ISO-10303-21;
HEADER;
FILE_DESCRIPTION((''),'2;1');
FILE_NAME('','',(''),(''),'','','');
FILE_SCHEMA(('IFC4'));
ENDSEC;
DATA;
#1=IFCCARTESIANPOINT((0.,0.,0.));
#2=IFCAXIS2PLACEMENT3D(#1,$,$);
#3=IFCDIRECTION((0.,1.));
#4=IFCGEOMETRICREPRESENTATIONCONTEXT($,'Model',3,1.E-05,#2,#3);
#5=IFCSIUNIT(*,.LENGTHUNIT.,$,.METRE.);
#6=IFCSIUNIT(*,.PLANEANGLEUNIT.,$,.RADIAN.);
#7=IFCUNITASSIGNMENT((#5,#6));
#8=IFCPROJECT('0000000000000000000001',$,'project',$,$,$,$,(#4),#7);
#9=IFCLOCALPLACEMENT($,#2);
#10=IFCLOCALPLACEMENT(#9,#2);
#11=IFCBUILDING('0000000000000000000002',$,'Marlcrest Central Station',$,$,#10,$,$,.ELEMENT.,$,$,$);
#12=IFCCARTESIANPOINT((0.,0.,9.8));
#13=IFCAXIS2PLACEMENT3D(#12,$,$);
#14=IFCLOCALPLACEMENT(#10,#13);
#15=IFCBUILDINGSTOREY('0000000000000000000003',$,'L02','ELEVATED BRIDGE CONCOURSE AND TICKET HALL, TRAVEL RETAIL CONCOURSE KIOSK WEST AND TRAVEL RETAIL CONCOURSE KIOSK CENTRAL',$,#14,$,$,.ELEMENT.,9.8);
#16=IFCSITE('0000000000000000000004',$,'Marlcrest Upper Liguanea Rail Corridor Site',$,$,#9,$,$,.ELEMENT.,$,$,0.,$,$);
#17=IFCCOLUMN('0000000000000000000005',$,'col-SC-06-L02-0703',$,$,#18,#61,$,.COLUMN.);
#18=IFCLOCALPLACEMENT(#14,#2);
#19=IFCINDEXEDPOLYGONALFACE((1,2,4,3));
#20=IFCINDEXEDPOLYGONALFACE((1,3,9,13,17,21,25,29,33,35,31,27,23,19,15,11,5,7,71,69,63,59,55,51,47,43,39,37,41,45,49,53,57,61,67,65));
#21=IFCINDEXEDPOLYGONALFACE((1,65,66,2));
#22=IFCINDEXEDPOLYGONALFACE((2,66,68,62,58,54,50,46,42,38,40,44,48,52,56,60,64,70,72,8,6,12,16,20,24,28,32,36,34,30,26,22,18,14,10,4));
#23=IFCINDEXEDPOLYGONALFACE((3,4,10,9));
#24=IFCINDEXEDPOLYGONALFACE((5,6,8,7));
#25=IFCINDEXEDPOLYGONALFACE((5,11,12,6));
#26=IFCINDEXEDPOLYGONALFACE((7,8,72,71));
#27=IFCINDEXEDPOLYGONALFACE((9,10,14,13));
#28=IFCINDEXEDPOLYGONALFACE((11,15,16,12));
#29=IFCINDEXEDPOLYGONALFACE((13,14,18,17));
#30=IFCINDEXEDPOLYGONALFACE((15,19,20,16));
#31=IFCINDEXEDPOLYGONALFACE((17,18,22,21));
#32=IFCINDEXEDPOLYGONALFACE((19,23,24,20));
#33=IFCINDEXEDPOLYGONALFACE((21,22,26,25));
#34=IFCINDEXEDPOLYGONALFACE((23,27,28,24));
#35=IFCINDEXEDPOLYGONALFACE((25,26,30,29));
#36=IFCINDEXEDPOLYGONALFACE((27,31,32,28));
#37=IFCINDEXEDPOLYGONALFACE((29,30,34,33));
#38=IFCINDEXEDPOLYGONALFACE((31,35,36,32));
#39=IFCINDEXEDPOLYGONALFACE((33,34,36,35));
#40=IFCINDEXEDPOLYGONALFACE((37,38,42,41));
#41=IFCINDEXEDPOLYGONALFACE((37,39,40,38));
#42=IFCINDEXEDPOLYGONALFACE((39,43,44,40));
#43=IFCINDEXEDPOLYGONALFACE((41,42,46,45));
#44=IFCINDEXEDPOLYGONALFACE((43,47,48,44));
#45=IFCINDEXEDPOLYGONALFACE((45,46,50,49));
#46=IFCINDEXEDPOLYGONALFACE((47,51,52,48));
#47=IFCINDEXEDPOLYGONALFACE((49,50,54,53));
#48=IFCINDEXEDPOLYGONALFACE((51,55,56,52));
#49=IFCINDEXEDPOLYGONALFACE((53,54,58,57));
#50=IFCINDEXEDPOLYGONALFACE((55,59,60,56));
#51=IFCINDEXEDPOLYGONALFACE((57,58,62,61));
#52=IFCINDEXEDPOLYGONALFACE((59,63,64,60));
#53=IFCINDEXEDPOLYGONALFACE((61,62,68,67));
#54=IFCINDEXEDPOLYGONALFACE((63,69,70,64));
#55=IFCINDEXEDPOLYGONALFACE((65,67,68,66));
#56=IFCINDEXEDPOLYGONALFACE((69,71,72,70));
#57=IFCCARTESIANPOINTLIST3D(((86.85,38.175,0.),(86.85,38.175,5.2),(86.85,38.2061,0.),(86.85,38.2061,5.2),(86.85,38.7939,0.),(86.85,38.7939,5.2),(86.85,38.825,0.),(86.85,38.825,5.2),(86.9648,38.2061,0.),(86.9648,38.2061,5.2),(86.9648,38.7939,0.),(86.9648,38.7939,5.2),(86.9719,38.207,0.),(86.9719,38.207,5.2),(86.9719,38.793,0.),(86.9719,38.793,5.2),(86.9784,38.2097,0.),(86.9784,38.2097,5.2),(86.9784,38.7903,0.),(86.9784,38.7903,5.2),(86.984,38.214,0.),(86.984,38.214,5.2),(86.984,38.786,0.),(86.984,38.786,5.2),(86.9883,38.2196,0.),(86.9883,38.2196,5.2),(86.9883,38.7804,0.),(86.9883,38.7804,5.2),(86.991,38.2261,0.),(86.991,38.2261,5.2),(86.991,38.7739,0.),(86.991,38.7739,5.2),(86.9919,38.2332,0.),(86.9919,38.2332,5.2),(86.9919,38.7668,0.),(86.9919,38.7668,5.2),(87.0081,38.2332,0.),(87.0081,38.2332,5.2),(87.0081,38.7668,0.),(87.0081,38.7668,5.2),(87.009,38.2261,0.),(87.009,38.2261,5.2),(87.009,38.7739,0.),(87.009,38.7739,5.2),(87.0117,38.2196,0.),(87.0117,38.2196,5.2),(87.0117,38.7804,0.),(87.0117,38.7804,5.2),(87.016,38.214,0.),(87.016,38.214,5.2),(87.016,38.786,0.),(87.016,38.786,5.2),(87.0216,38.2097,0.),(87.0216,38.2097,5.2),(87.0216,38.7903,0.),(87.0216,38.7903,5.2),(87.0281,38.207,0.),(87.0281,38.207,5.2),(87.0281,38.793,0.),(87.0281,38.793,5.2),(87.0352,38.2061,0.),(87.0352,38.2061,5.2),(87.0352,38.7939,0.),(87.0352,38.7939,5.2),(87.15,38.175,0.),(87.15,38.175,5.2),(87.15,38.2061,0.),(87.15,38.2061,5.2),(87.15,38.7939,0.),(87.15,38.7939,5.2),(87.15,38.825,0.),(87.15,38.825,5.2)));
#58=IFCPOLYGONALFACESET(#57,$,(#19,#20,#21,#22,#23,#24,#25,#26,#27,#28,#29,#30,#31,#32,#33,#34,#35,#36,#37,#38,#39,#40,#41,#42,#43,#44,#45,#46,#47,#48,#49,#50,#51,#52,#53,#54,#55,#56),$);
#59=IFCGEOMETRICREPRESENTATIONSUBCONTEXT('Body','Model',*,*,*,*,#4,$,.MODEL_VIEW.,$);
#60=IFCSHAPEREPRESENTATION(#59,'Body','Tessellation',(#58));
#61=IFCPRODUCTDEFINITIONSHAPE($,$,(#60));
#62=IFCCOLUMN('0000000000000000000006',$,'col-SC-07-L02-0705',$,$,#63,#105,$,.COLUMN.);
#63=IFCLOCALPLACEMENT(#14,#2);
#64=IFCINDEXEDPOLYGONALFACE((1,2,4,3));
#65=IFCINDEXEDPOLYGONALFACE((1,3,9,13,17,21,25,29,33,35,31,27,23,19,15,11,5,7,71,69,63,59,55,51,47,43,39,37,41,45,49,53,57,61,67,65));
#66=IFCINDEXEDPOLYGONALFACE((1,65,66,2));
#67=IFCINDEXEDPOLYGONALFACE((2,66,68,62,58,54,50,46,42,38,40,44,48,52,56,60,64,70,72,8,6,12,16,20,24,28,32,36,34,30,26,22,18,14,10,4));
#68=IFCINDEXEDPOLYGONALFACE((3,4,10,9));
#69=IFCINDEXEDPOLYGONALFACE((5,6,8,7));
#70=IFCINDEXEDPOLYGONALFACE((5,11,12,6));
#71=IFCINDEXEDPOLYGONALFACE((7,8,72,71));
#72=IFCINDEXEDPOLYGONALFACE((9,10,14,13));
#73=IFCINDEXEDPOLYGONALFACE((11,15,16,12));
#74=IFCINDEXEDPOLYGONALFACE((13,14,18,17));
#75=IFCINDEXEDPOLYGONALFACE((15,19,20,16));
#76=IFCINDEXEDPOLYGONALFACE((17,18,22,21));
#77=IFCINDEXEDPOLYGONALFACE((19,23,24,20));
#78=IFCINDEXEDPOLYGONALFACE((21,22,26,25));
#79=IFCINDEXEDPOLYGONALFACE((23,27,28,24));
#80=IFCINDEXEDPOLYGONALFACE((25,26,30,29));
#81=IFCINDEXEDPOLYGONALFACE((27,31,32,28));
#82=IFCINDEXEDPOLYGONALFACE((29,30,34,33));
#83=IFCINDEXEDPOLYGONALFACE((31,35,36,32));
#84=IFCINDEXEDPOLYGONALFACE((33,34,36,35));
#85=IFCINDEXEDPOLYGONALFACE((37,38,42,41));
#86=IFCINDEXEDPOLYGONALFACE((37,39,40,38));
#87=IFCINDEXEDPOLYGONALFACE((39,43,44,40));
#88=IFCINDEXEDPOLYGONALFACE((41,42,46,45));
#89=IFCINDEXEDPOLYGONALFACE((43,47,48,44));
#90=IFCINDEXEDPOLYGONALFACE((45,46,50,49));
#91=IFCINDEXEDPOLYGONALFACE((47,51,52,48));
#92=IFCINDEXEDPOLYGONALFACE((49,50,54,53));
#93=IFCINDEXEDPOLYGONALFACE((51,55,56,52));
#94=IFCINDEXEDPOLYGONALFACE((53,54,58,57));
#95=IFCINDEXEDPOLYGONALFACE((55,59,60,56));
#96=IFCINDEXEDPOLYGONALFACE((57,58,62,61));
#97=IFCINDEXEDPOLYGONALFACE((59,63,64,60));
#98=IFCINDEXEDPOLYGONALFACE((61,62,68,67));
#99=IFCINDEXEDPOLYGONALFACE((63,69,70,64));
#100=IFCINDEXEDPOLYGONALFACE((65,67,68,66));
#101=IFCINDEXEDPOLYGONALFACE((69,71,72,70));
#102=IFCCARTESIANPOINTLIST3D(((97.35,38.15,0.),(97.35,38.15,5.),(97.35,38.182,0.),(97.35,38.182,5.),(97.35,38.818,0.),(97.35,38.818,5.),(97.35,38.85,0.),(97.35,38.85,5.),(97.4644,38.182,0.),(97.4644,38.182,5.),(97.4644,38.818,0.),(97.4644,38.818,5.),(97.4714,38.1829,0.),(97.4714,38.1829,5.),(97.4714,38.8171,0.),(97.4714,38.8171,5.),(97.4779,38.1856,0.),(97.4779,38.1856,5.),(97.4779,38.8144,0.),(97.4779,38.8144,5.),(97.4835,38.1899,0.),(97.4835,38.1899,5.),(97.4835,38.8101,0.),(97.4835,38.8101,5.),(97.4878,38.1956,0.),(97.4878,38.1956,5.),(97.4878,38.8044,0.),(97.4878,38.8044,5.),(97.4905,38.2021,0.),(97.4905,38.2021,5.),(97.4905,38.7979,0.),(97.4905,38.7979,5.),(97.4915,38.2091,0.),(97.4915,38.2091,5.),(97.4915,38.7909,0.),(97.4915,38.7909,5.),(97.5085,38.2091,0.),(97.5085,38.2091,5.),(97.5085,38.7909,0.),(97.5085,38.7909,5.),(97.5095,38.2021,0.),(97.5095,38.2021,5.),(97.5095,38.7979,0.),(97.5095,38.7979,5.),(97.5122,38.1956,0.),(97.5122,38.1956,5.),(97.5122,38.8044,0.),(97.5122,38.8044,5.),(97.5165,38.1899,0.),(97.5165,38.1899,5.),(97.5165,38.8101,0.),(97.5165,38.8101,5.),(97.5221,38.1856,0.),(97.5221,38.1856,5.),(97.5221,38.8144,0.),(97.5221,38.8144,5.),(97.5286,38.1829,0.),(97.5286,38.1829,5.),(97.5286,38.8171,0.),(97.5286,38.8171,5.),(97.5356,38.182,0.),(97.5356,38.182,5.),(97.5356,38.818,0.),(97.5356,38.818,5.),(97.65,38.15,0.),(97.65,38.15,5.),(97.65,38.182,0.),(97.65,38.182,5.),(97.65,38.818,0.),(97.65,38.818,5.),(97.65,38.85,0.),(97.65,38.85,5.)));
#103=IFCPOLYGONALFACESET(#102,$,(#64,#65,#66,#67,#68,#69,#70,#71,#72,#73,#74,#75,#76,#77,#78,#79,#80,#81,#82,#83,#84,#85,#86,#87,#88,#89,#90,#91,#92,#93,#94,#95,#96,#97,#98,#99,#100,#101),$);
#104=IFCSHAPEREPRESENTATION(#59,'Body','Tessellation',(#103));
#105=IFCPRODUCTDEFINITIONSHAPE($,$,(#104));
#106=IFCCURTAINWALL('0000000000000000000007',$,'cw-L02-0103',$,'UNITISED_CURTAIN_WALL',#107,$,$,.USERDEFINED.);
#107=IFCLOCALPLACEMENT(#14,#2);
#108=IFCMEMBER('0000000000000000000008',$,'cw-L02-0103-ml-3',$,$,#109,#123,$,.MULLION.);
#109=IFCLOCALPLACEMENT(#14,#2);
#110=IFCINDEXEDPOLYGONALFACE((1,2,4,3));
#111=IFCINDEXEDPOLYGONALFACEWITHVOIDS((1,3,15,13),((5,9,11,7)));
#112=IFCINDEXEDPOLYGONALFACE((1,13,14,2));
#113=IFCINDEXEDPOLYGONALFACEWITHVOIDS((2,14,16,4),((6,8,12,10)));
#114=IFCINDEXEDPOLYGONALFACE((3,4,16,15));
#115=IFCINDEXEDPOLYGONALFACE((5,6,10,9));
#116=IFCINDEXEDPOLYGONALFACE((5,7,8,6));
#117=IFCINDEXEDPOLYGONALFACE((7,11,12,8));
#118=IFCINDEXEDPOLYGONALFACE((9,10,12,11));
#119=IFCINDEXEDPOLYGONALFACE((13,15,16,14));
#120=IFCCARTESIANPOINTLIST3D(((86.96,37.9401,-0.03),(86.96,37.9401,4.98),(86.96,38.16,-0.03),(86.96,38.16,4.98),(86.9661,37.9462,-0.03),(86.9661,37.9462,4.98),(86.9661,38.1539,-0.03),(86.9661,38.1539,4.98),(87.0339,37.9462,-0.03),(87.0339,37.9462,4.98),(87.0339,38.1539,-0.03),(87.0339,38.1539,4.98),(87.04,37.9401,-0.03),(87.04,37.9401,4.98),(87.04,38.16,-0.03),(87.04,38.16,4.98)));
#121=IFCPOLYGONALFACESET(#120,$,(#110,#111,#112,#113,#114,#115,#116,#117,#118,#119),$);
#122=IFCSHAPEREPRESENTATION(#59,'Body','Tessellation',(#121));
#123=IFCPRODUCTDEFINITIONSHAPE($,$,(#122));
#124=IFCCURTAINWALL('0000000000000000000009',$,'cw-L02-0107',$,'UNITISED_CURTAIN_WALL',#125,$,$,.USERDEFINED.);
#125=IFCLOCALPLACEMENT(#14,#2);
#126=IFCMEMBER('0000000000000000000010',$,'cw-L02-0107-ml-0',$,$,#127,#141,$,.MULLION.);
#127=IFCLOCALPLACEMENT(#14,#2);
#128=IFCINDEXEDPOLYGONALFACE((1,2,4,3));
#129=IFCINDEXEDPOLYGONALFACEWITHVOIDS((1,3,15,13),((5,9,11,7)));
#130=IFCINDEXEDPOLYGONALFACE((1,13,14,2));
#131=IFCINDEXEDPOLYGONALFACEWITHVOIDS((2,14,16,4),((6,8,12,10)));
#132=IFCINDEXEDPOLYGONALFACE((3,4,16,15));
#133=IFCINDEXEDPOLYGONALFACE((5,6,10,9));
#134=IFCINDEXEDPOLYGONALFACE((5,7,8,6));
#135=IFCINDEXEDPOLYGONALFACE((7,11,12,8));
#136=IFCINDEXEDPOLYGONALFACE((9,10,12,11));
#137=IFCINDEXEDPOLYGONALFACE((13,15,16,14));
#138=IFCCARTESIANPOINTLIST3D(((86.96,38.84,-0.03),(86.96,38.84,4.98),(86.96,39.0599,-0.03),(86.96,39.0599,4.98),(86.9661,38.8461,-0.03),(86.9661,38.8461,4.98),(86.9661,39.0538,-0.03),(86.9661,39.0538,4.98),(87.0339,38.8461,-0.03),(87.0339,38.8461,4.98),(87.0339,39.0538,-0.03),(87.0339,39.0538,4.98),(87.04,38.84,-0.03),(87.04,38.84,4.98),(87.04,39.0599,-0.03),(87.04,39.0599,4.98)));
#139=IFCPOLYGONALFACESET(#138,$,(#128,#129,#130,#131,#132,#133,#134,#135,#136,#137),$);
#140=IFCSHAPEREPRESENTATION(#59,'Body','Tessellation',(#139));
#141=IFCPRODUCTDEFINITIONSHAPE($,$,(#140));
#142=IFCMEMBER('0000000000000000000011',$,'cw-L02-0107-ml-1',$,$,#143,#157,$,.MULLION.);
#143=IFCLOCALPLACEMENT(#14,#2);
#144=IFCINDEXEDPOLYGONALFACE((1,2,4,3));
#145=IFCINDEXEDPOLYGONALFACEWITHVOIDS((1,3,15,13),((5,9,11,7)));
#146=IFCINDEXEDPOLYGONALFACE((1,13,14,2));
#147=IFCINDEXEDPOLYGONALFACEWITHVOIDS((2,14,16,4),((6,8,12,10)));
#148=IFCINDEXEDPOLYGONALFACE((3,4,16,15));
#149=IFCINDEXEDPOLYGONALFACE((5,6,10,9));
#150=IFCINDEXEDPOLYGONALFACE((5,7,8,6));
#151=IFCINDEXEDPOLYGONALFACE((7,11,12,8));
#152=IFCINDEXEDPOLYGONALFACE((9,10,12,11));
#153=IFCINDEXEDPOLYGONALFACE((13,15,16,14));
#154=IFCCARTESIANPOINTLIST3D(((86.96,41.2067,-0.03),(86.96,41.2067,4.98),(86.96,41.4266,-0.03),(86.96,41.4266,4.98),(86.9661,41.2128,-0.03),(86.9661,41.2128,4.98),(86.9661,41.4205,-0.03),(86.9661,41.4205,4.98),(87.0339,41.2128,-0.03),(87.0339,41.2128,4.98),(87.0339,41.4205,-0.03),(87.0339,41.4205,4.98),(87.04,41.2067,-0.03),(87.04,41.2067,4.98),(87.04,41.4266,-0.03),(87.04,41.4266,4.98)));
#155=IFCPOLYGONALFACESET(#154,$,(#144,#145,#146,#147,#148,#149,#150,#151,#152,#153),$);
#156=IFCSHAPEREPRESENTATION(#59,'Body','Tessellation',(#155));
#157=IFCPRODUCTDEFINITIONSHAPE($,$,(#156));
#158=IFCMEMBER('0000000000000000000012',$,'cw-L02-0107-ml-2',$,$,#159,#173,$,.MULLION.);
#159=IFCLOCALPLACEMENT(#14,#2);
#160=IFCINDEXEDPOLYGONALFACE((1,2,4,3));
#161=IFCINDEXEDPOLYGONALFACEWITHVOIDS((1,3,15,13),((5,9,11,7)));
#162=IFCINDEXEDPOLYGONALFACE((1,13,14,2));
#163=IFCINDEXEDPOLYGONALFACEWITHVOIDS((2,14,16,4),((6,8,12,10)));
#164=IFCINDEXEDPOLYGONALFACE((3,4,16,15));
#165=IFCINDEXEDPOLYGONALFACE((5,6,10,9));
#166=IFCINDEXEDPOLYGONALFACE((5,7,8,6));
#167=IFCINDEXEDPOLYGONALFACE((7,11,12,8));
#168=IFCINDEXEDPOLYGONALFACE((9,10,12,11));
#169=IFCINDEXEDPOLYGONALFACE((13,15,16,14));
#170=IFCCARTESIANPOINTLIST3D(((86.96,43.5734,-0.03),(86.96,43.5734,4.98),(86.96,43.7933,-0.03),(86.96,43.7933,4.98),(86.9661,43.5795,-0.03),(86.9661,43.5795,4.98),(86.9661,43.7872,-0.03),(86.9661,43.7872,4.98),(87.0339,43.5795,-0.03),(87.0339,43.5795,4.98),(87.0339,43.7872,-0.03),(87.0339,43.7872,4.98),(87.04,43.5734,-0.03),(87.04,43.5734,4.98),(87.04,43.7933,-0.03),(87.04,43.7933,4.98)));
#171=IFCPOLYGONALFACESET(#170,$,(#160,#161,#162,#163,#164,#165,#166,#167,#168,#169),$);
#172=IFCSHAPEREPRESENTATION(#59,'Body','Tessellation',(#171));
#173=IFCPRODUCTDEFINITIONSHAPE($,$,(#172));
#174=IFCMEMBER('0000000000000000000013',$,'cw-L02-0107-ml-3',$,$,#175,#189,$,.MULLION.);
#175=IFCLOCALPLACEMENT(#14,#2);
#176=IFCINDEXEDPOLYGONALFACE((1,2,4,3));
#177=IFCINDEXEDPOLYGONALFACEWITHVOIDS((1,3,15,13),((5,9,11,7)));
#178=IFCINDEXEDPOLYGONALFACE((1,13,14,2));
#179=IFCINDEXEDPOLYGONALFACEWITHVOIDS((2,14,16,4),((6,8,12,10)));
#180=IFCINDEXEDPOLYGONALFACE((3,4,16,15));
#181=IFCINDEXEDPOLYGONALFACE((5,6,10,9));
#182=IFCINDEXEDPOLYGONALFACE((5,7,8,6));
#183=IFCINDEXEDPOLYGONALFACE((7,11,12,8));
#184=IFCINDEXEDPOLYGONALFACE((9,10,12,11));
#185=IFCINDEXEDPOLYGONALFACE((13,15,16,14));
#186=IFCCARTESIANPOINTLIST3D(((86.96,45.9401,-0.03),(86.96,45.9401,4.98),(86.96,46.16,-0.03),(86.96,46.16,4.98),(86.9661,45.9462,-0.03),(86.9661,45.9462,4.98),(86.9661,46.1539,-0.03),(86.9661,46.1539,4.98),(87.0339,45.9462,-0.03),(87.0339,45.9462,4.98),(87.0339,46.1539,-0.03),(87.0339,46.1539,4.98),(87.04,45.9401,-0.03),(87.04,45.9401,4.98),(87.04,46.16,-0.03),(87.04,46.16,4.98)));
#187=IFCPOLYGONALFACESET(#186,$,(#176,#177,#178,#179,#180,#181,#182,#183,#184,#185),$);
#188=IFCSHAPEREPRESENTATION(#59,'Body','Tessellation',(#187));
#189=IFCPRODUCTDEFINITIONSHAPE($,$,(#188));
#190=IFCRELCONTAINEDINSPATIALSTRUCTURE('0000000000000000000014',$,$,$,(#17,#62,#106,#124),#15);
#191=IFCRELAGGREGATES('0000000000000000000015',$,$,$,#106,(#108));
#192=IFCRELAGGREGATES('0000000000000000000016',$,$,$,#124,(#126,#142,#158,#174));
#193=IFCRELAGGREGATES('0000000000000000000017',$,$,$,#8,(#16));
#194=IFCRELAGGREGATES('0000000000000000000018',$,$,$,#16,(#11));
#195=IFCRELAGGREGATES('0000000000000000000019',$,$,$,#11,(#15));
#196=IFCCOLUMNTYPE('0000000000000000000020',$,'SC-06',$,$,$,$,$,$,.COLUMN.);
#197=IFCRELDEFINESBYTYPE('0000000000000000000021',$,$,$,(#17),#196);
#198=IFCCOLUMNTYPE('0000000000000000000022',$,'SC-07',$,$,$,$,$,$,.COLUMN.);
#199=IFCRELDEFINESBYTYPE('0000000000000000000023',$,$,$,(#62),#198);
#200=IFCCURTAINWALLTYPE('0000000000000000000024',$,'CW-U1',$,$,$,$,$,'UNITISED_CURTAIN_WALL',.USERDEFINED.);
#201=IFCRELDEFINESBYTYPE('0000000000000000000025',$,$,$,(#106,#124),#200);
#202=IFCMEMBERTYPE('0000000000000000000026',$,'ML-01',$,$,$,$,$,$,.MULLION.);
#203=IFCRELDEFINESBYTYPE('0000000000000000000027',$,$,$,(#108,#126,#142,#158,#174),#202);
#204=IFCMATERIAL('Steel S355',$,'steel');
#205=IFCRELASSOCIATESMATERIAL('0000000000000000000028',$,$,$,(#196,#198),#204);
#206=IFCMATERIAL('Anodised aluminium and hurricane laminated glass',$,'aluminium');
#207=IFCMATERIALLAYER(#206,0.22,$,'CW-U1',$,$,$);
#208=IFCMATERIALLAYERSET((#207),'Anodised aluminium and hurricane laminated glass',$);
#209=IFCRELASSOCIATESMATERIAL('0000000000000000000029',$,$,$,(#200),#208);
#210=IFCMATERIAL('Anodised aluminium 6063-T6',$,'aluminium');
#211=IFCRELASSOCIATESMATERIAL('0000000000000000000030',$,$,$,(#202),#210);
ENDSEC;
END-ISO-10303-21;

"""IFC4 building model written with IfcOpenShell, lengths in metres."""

from ifc_helpers import new_model, si_unit, direction, frame, origin, origin_2d, place, context, subcontext, project, spatial, hollow_rectangle, i_section, extrude, material, layer, layer_set, material_profile, profile_set, type_object, element, aggregate, save


model = new_model("IFC4")

# Units and contexts
model_context = context("Model", 3, precision=1e-05, world=origin(), true_north=direction((0.0, 1.0)))
body_context = subcontext(model_context, "Body", "Model", "MODEL_VIEW")
ifc_project = project(units=[si_unit("LENGTHUNIT", "METRE"), si_unit("PLANEANGLEUNIT", "RADIAN")], contexts=[model_context])

# Site, building, storey
site_placement = place(None, origin())
site = spatial("IfcSite", under=ifc_project, at=site_placement, Name="Marlcrest Upper Liguanea Rail Corridor Site", CompositionType="ELEMENT", RefElevation=0.0)
building_placement = place(site_placement, origin())
building = spatial("IfcBuilding", under=site, at=building_placement, Name="Marlcrest Central Station", CompositionType="ELEMENT")
storey_placement = place(building_placement, frame((0.0, 0.0, 9.8)))
storey = spatial("IfcBuildingStorey", under=building, at=storey_placement, Name="L02", Description="ELEVATED BRIDGE CONCOURSE AND TICKET HALL, TRAVEL RETAIL CONCOURSE KIOSK WEST AND TRAVEL RETAIL CONCOURSE KIOSK CENTRAL", CompositionType="ELEMENT", Elevation=9.8)

# Columns
ifc_material_1 = material(Name="Steel S355", Category="steel")
ifc_material_profile_1 = material_profile(ifc_material_1, i_section(OverallWidth=0.3, OverallDepth=0.6499, WebThickness=0.0161, FlangeThickness=0.031, FilletRadius=0.0271, at=origin_2d()), Name="HEB 650")
ifc_profile_set_1 = profile_set([ifc_material_profile_1], Name="Steel S355")
column_type_1 = type_object("IfcColumnType", Name="SC-06", PredefinedType="COLUMN", material=ifc_profile_set_1)
column_1_placement = place(storey_placement, frame((87.0, 38.5, 0.0), z_axis=(0.0, 0.0, 1.0), x_axis=(1.0, 0.0, 0.0)))
element("IfcColumn", 1, at=column_1_placement, inside=storey, type_object=column_type_1, Name="col-SC-06-L02-0703", PredefinedType="COLUMN", context=body_context, shape_type="SweptSolid", body=[
    extrude(i_section(OverallWidth=0.3, OverallDepth=0.6499, WebThickness=0.0161, FlangeThickness=0.031, FilletRadius=0.0271, at=origin_2d()), origin(), (0.0, 0.0, 1.0), 5.2),
])
ifc_material_profile_2 = material_profile(ifc_material_1, i_section(OverallWidth=0.3, OverallDepth=0.7, WebThickness=0.0171, FlangeThickness=0.032, FilletRadius=0.0271, at=origin_2d()), Name="HEB 700")
ifc_profile_set_2 = profile_set([ifc_material_profile_2], Name="Steel S355")
column_type_2 = type_object("IfcColumnType", Name="SC-07", PredefinedType="COLUMN", material=ifc_profile_set_2)
column_2_placement = place(storey_placement, frame((97.5, 38.5, 0.0), z_axis=(0.0, 0.0, 1.0), x_axis=(1.0, 0.0, 0.0)))
element("IfcColumn", 2, at=column_2_placement, inside=storey, type_object=column_type_2, Name="col-SC-07-L02-0705", PredefinedType="COLUMN", context=body_context, shape_type="SweptSolid", body=[
    extrude(i_section(OverallWidth=0.3, OverallDepth=0.7, WebThickness=0.0171, FlangeThickness=0.032, FilletRadius=0.0271, at=origin_2d()), origin(), (0.0, 0.0, 1.0), 5.0),
])

# Curtain wall, member
ifc_material_2 = material(Name="Anodised aluminium and hurricane laminated glass", Category="aluminium")
ifc_layer_1 = layer(ifc_material_2, 0.22, Name="CW-U1")
ifc_layer_set_1 = layer_set([ifc_layer_1], Name="Anodised aluminium and hurricane laminated glass")
curtain_wall_type = type_object("IfcCurtainWallType", Name="CW-U1", ElementType="UNITISED_CURTAIN_WALL", PredefinedType="USERDEFINED", material=ifc_layer_set_1)
curtain_wall_1_placement = place(storey_placement, origin())
curtain_wall_1 = element("IfcCurtainWall", 3, at=curtain_wall_1_placement, inside=storey, type_object=curtain_wall_type, Name="cw-L02-0103", ObjectType="UNITISED_CURTAIN_WALL", PredefinedType="USERDEFINED")
ifc_material_3 = material(Name="Anodised aluminium 6063-T6", Category="aluminium")
ifc_material_profile_3 = material_profile(ifc_material_3, hollow_rectangle(XDim=0.0801, YDim=0.22, WallThickness=0.0061, at=origin_2d()), Name="AA-RHS 220x80x6")
ifc_profile_set_3 = profile_set([ifc_material_profile_3], Name="Anodised aluminium 6063-T6")
member_type_1 = type_object("IfcMemberType", Name="ML-01", PredefinedType="MULLION", material=ifc_profile_set_3)
member_1_placement = place(storey_placement, frame((87.0, 38.05, -0.03), z_axis=(0.0, 0.0, 1.0), x_axis=(1.0, 0.0, 0.0)))
member_1 = element("IfcMember", 4, at=member_1_placement, type_object=member_type_1, Name="cw-L02-0103-ml-3", PredefinedType="MULLION", context=body_context, shape_type="SweptSolid", body=[
    extrude(hollow_rectangle(XDim=0.0801, YDim=0.22, WallThickness=0.0061, at=origin_2d()), origin(), (0.0, 0.0, 1.0), 5.01),
])

# Curtain wall, members
curtain_wall_2_placement = place(storey_placement, origin())
curtain_wall_2 = element("IfcCurtainWall", 5, at=curtain_wall_2_placement, inside=storey, type_object=curtain_wall_type, Name="cw-L02-0107", ObjectType="UNITISED_CURTAIN_WALL", PredefinedType="USERDEFINED")
member_2_placement = place(storey_placement, frame((87.0, 38.95, -0.03), z_axis=(0.0, 0.0, 1.0), x_axis=(1.0, 0.0, 0.0)))
member_2 = element("IfcMember", 6, at=member_2_placement, type_object=member_type_1, Name="cw-L02-0107-ml-0", PredefinedType="MULLION", context=body_context, shape_type="SweptSolid", body=[
    extrude(hollow_rectangle(XDim=0.0801, YDim=0.22, WallThickness=0.0061, at=origin_2d()), origin(), (0.0, 0.0, 1.0), 5.01),
])
member_3_placement = place(storey_placement, frame((87.0, 41.3167, -0.03), z_axis=(0.0, 0.0, 1.0), x_axis=(1.0, 0.0, 0.0)))
member_3 = element("IfcMember", 7, at=member_3_placement, type_object=member_type_1, Name="cw-L02-0107-ml-1", PredefinedType="MULLION", context=body_context, shape_type="SweptSolid", body=[
    extrude(hollow_rectangle(XDim=0.0801, YDim=0.22, WallThickness=0.0061, at=origin_2d()), origin(), (0.0, 0.0, 1.0), 5.01),
])
member_4_placement = place(storey_placement, frame((87.0, 43.6833, -0.03), z_axis=(0.0, 0.0, 1.0), x_axis=(1.0, 0.0, 0.0)))
member_4 = element("IfcMember", 8, at=member_4_placement, type_object=member_type_1, Name="cw-L02-0107-ml-2", PredefinedType="MULLION", context=body_context, shape_type="SweptSolid", body=[
    extrude(hollow_rectangle(XDim=0.0801, YDim=0.22, WallThickness=0.0061, at=origin_2d()), origin(), (0.0, 0.0, 1.0), 5.01),
])
member_5_placement = place(storey_placement, frame((87.0, 46.05, -0.03), z_axis=(0.0, 0.0, 1.0), x_axis=(1.0, 0.0, 0.0)))
member_5 = element("IfcMember", 9, at=member_5_placement, type_object=member_type_1, Name="cw-L02-0107-ml-3", PredefinedType="MULLION", context=body_context, shape_type="SweptSolid", body=[
    extrude(hollow_rectangle(XDim=0.0801, YDim=0.22, WallThickness=0.0061, at=origin_2d()), origin(), (0.0, 0.0, 1.0), 5.01),
])

aggregate(curtain_wall_1, [member_1])
aggregate(curtain_wall_2, [member_2, member_3, member_4, member_5])

save(model, "model.ifc")
